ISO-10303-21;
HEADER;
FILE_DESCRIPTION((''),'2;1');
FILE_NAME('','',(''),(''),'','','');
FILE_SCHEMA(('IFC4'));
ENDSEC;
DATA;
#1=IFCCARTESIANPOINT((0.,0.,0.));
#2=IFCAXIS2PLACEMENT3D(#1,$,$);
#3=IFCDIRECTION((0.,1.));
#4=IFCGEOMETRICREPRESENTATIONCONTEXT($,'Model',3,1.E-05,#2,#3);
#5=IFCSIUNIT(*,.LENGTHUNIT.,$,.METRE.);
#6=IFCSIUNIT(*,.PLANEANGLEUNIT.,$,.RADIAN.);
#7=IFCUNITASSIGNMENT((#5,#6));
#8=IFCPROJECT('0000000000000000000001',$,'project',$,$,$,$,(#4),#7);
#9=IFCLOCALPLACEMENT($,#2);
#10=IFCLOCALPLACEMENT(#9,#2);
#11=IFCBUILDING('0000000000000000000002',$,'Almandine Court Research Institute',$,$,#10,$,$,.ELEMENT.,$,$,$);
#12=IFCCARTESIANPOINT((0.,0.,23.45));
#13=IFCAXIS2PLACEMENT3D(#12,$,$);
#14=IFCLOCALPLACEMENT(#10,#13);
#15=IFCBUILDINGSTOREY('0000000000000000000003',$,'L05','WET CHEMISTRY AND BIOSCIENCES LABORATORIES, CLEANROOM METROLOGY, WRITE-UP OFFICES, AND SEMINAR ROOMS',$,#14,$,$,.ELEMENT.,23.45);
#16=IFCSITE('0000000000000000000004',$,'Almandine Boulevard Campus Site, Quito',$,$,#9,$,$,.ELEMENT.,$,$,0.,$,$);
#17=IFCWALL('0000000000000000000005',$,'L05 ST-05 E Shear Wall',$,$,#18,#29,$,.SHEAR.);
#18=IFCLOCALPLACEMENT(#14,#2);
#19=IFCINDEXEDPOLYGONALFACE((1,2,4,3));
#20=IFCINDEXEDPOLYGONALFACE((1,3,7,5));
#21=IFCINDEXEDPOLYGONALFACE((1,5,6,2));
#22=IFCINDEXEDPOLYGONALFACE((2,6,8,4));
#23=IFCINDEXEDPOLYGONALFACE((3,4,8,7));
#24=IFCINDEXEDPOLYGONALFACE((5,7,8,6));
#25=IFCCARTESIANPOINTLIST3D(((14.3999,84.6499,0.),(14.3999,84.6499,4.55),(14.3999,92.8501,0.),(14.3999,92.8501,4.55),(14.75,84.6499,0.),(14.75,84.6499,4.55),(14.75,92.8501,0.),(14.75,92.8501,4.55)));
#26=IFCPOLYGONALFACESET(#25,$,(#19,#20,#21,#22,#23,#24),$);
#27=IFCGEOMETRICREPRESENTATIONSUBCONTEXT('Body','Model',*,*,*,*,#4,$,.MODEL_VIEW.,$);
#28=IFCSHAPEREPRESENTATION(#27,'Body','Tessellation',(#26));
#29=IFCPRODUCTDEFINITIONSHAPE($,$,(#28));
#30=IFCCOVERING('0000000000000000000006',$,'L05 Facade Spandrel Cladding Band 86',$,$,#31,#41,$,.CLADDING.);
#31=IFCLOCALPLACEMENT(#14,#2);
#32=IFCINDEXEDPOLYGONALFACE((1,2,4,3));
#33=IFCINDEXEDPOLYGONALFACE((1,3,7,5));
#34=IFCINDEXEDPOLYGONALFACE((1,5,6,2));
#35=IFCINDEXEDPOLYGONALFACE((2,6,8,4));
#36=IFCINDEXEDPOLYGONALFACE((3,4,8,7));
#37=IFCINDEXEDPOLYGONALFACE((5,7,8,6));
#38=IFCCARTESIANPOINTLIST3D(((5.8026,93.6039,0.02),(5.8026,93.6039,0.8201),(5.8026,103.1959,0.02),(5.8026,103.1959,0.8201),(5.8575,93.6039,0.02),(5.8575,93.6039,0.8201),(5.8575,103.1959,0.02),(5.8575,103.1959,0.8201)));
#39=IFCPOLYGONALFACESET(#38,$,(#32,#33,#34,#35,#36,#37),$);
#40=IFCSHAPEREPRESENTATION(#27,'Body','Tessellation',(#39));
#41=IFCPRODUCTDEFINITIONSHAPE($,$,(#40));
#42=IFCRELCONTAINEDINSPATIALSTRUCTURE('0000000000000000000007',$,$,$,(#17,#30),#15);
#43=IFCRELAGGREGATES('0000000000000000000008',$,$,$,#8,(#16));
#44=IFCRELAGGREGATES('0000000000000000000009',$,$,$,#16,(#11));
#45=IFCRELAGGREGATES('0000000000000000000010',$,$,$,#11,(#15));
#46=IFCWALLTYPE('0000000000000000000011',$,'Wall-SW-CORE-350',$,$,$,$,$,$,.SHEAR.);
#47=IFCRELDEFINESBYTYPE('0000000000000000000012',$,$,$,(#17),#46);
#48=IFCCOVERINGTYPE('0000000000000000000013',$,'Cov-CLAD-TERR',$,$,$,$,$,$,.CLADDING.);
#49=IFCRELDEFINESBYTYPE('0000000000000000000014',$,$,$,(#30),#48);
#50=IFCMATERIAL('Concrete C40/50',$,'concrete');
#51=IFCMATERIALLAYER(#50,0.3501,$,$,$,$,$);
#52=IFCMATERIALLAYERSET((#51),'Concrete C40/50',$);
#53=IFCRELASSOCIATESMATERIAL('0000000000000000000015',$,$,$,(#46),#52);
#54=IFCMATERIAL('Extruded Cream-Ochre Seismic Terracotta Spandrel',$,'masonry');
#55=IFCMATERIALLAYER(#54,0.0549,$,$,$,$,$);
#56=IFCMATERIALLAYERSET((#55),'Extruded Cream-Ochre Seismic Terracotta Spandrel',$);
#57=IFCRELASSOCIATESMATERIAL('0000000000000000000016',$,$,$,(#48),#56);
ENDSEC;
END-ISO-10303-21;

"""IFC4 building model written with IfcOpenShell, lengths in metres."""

from ifc_helpers import new_model, si_unit, direction, frame, frame_2d, origin, origin_2d, place, context, subcontext, project, spatial, rectangle, extrude, material, layer, layer_set, type_object, element, save


model = new_model("IFC4")

# Units and contexts
model_context = context("Model", 3, precision=1e-05, world=origin(), true_north=direction((0.0, 1.0)))
body_context = subcontext(model_context, "Body", "Model", "MODEL_VIEW")
ifc_project = project(units=[si_unit("LENGTHUNIT", "METRE"), si_unit("PLANEANGLEUNIT", "RADIAN")], contexts=[model_context])

# Site, building, storey
site_placement = place(None, origin())
site = spatial("IfcSite", under=ifc_project, at=site_placement, Name="Almandine Boulevard Campus Site, Quito", CompositionType="ELEMENT", RefElevation=0.0)
building_placement = place(site_placement, origin())
building = spatial("IfcBuilding", under=site, at=building_placement, Name="Almandine Court Research Institute", CompositionType="ELEMENT")
storey_placement = place(building_placement, frame((0.0, 0.0, 23.45)))
storey = spatial("IfcBuildingStorey", under=building, at=storey_placement, Name="L05", Description="WET CHEMISTRY AND BIOSCIENCES LABORATORIES, CLEANROOM METROLOGY, WRITE-UP OFFICES, AND SEMINAR ROOMS", CompositionType="ELEMENT", Elevation=23.45)

# Wall
ifc_material_1 = material(Name="Concrete C40/50", Category="concrete")
ifc_layer_1 = layer(ifc_material_1, 0.3501)
ifc_layer_set_1 = layer_set([ifc_layer_1], Name="Concrete C40/50")
wall_type_1 = type_object("IfcWallType", Name="Wall-SW-CORE-350", PredefinedType="SHEAR", material=ifc_layer_set_1)
wall_1_placement = place(storey_placement, frame((14.575, 92.8501, 0.0), z_axis=(0.0, 0.0, 1.0), x_axis=(0.0, -1.0, 0.0)))
element("IfcWall", 1, at=wall_1_placement, inside=storey, type_object=wall_type_1, Name="L05 ST-05 E Shear Wall", PredefinedType="SHEAR", context=body_context, shape_type="SweptSolid", body=[
    extrude(rectangle(XDim=8.2002, YDim=0.3501, at=frame_2d((4.1001, 0.0))), origin(), (0.0, 0.0, 1.0), 4.55),
])

# Covering
ifc_material_2 = material(Name="Extruded Cream-Ochre Seismic Terracotta Spandrel", Category="masonry")
ifc_layer_2 = layer(ifc_material_2, 0.0549)
ifc_layer_set_2 = layer_set([ifc_layer_2], Name="Extruded Cream-Ochre Seismic Terracotta Spandrel")
covering_type = type_object("IfcCoveringType", Name="Cov-CLAD-TERR", PredefinedType="CLADDING", material=ifc_layer_set_2)
covering_placement = place(storey_placement, frame((5.8301, 98.3999, 0.02), z_axis=(0.0, 0.0, 1.0), x_axis=(0.0, 1.0, 0.0)))
element("IfcCovering", 2, at=covering_placement, inside=storey, type_object=covering_type, Name="L05 Facade Spandrel Cladding Band 86", PredefinedType="CLADDING", context=body_context, shape_type="SweptSolid", body=[
    extrude(rectangle(XDim=9.592, YDim=0.0549, at=origin_2d()), origin(), (0.0, 0.0, 1.0), 0.8),
])

save(model, "model.ifc")
